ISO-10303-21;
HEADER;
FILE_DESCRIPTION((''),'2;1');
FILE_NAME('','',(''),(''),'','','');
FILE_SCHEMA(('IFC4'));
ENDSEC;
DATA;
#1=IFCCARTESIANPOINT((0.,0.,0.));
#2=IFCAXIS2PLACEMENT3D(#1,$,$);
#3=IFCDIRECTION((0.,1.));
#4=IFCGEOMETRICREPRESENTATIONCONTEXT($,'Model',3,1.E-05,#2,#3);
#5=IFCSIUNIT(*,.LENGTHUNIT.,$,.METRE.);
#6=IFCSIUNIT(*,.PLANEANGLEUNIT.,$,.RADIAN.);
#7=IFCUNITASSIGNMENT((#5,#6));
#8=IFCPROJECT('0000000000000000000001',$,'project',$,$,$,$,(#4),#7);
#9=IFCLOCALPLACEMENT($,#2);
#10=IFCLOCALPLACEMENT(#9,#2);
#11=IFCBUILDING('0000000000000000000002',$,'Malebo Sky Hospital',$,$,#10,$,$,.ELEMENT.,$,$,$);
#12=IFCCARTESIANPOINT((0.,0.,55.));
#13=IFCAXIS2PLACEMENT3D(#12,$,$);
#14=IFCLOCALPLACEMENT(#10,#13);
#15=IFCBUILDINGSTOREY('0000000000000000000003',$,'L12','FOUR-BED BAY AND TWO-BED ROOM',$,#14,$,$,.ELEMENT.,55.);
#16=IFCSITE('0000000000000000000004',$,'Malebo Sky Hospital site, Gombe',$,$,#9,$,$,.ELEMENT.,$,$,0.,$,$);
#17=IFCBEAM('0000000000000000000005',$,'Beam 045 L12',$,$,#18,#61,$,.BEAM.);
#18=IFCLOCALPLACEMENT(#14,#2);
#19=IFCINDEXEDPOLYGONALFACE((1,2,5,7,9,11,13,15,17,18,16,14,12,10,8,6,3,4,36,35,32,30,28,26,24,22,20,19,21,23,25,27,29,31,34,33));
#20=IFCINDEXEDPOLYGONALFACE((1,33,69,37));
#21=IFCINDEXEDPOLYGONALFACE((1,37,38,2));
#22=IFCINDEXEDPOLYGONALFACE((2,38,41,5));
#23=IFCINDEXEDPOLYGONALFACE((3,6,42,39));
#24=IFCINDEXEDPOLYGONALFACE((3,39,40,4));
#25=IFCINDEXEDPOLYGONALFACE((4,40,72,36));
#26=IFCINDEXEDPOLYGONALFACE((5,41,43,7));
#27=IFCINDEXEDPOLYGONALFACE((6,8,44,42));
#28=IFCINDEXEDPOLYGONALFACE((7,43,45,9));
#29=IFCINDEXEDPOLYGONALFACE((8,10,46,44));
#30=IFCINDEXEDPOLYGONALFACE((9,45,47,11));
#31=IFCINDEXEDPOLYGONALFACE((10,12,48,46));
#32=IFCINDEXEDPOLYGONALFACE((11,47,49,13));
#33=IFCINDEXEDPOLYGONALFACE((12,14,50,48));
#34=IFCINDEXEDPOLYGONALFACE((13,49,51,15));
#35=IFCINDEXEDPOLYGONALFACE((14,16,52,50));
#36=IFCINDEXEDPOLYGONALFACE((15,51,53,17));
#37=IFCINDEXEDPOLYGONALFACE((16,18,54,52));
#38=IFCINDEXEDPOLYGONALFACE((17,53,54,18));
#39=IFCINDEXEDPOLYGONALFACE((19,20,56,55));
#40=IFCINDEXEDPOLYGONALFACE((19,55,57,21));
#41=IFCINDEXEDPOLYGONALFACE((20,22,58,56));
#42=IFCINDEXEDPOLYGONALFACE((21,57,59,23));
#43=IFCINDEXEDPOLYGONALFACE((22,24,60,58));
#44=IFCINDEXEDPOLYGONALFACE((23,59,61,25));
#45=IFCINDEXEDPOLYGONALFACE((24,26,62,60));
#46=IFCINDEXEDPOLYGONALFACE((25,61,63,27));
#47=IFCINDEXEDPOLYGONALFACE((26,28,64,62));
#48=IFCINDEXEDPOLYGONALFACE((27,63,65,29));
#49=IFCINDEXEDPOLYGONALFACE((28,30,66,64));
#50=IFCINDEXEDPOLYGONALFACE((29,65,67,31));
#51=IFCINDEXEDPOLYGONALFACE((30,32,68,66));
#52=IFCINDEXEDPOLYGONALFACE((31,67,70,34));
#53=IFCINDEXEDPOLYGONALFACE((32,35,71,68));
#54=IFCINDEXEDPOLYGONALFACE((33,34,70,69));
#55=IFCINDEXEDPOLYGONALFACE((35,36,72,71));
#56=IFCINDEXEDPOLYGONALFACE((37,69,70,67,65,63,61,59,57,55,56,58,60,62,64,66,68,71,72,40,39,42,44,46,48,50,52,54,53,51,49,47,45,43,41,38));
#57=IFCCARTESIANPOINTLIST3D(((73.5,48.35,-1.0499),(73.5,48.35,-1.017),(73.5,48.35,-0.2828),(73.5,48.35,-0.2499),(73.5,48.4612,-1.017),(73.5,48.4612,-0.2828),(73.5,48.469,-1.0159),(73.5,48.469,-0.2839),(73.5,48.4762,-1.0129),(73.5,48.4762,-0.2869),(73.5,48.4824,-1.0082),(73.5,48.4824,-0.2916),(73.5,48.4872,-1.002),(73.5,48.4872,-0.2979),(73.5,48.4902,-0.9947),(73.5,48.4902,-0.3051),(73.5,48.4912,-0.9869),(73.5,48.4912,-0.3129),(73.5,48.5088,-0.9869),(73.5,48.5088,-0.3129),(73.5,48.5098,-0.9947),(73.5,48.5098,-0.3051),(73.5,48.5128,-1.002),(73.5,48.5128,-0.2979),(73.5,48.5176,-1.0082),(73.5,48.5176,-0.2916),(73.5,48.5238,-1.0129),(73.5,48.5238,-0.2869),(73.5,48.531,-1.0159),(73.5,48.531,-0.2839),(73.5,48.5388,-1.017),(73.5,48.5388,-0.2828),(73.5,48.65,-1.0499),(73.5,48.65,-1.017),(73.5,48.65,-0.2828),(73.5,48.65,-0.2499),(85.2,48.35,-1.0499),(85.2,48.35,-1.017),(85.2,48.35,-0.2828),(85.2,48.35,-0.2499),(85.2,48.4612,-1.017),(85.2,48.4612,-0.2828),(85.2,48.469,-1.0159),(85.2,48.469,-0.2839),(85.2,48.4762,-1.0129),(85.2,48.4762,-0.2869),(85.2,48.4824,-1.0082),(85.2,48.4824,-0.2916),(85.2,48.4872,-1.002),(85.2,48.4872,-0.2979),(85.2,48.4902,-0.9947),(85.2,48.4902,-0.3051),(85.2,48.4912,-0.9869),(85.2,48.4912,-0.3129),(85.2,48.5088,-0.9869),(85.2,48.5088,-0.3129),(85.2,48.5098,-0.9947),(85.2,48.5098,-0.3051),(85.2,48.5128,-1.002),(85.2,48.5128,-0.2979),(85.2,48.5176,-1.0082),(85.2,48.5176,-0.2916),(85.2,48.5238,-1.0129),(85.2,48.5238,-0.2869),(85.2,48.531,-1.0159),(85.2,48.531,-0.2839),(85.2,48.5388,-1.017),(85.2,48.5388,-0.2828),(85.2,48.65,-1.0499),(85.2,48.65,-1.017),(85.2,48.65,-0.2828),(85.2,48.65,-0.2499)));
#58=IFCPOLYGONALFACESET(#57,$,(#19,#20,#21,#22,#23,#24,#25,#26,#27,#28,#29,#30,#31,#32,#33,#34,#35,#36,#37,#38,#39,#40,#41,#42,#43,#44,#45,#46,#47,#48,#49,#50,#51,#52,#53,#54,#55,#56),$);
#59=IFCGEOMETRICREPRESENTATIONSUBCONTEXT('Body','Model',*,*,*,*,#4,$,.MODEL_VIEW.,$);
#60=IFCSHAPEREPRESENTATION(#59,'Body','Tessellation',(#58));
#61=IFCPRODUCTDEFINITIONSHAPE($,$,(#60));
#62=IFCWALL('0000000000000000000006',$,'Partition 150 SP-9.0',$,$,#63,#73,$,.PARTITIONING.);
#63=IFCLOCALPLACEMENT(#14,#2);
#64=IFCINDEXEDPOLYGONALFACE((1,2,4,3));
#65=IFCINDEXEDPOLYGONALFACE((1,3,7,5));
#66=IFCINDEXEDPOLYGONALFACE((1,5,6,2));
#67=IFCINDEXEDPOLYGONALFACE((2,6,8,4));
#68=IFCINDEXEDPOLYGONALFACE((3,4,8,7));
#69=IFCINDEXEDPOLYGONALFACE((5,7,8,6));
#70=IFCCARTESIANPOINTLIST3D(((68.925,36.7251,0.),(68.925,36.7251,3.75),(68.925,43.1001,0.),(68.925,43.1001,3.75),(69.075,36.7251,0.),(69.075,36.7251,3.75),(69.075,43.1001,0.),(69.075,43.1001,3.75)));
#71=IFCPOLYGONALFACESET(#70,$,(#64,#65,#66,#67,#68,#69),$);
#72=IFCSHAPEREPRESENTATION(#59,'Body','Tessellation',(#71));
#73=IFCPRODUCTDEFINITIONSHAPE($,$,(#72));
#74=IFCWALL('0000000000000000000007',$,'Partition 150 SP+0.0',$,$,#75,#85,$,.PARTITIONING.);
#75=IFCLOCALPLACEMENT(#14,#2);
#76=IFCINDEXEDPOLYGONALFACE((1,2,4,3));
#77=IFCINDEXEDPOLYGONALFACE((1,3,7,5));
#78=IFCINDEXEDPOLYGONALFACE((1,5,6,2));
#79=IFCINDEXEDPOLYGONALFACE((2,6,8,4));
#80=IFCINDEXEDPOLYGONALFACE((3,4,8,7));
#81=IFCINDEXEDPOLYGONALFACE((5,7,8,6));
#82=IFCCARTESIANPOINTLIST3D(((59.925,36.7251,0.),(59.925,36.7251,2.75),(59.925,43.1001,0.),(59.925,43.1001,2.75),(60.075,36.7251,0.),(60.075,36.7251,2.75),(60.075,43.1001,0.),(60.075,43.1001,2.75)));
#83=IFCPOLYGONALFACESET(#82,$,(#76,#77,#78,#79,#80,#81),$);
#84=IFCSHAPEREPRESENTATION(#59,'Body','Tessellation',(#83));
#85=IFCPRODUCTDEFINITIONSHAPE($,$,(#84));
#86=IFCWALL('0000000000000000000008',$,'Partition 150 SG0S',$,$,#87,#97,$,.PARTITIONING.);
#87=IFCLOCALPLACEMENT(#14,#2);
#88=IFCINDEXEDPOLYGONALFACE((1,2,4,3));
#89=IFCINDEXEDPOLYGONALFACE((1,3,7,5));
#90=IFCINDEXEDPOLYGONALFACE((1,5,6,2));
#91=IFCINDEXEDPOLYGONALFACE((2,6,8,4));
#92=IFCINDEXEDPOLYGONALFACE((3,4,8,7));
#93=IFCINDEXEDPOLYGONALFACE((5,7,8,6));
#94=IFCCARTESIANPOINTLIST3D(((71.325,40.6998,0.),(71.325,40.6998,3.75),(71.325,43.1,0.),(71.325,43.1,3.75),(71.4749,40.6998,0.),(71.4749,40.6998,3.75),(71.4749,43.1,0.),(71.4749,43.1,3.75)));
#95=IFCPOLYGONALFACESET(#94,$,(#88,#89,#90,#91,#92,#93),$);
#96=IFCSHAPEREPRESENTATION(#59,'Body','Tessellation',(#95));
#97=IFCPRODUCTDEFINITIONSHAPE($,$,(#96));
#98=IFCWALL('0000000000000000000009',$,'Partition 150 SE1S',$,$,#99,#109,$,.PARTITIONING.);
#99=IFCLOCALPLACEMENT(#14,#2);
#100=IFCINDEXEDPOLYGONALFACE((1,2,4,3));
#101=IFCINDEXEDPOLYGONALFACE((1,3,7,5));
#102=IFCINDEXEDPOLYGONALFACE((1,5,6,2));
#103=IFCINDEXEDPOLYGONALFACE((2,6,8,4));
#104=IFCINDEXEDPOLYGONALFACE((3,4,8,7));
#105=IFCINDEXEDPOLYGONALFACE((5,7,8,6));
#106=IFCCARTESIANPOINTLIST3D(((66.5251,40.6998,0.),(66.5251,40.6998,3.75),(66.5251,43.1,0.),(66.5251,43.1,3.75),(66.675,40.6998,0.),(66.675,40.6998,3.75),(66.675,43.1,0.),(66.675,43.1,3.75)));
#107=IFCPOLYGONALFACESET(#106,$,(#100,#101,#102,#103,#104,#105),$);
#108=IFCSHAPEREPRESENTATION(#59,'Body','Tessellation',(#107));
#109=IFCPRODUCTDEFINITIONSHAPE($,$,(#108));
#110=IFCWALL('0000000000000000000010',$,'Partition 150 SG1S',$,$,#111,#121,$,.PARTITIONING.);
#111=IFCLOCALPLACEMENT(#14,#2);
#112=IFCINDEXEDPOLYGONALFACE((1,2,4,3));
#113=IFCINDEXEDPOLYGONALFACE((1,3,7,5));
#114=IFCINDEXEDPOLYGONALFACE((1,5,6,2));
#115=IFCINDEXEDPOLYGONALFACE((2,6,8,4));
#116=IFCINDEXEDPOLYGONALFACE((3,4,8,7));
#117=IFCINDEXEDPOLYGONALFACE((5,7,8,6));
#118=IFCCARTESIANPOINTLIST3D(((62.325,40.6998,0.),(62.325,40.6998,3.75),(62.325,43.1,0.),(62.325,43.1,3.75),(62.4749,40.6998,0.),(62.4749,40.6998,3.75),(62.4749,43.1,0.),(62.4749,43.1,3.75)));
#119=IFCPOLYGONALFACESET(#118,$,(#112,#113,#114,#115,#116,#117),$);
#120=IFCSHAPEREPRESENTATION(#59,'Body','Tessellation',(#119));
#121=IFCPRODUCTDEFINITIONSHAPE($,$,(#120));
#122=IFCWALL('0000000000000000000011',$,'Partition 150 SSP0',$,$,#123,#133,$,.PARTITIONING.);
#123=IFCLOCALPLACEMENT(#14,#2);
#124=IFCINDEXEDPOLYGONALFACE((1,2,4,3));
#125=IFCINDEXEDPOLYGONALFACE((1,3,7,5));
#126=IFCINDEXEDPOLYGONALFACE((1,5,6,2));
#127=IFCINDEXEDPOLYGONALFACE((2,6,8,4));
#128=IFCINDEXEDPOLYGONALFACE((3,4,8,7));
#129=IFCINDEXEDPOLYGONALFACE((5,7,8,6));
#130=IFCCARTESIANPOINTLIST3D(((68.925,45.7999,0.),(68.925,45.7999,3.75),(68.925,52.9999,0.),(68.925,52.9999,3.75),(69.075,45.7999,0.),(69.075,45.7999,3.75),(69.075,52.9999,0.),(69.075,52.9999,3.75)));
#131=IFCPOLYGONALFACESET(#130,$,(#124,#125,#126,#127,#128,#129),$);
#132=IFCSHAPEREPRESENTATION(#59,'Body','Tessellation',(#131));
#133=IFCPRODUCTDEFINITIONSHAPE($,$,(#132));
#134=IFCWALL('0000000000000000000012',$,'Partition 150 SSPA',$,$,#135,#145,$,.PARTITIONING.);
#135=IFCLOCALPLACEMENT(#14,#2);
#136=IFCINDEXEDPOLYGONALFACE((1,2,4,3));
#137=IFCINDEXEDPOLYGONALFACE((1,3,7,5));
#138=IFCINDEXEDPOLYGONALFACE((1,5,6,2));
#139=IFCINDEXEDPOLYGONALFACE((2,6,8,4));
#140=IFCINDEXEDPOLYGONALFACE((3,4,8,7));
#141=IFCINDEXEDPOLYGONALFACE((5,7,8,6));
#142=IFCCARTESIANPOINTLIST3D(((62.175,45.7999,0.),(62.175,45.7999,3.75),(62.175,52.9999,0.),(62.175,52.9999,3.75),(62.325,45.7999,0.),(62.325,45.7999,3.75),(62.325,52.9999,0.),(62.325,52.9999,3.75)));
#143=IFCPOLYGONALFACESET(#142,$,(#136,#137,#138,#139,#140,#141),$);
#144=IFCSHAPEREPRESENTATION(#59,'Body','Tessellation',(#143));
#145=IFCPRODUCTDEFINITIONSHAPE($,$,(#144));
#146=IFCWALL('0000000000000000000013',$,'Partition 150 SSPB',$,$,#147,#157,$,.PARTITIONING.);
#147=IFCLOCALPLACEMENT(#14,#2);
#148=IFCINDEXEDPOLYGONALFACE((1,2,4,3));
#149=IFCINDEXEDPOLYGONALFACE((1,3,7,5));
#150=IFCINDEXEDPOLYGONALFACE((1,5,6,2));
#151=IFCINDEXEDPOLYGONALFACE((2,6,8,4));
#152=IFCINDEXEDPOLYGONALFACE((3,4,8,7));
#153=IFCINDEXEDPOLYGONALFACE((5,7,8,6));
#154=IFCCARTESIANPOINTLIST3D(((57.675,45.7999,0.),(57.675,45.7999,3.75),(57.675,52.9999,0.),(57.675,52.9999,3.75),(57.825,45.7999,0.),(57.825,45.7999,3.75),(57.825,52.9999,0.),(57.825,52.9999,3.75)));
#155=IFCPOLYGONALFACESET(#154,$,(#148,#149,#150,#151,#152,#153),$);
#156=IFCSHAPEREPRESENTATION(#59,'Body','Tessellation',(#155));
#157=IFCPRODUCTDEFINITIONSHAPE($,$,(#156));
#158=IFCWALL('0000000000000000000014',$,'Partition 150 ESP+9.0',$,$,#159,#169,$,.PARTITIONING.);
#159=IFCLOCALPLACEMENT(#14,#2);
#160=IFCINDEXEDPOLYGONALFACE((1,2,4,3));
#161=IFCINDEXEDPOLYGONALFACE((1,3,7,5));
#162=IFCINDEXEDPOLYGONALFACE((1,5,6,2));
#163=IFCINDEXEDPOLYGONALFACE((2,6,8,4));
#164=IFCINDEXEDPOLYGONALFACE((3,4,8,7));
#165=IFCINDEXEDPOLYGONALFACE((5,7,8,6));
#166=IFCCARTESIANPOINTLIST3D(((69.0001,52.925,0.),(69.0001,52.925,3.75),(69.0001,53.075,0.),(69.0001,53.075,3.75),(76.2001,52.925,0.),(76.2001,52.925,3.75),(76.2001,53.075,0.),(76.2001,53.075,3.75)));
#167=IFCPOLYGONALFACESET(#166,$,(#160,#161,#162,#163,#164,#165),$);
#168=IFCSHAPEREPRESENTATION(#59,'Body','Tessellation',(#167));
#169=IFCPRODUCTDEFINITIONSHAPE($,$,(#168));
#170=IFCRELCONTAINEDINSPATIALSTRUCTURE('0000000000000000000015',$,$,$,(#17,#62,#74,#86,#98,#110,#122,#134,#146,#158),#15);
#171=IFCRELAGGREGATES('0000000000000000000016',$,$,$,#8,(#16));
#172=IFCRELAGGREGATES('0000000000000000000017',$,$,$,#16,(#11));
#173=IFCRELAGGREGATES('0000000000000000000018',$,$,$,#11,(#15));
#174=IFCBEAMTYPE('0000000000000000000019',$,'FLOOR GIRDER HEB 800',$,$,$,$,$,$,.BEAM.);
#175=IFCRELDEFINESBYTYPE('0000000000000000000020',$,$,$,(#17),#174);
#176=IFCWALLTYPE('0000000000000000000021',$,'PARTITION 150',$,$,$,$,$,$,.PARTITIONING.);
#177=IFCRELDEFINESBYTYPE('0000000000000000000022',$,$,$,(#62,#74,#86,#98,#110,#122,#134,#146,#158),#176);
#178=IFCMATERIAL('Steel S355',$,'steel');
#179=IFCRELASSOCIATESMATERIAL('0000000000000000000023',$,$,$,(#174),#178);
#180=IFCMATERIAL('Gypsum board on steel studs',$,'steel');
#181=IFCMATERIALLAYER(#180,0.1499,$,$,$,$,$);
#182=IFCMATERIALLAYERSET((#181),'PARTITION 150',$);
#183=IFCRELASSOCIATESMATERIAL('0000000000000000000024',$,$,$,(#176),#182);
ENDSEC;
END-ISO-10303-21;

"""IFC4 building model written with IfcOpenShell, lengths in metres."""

from ifc_helpers import new_model, si_unit, direction, frame, frame_2d, origin, origin_2d, place, context, subcontext, project, spatial, rectangle, i_section, extrude, material, layer, layer_set, material_profile, profile_set, type_object, element, save


model = new_model("IFC4")

# Units and contexts
model_context = context("Model", 3, precision=1e-05, world=origin(), true_north=direction((0.0, 1.0)))
body_context = subcontext(model_context, "Body", "Model", "MODEL_VIEW")
ifc_project = project(units=[si_unit("LENGTHUNIT", "METRE"), si_unit("PLANEANGLEUNIT", "RADIAN")], contexts=[model_context])

# Site, building, storey
site_placement = place(None, origin())
site = spatial("IfcSite", under=ifc_project, at=site_placement, Name="Malebo Sky Hospital site, Gombe", CompositionType="ELEMENT", RefElevation=0.0)
building_placement = place(site_placement, origin())
building = spatial("IfcBuilding", under=site, at=building_placement, Name="Malebo Sky Hospital", CompositionType="ELEMENT")
storey_placement = place(building_placement, frame((0.0, 0.0, 55.0)))
storey = spatial("IfcBuildingStorey", under=building, at=storey_placement, Name="L12", Description="FOUR-BED BAY AND TWO-BED ROOM", CompositionType="ELEMENT", Elevation=55.0)

# Beam
ifc_material_1 = material(Name="Steel S355", Category="steel")
ifc_material_profile_1 = material_profile(ifc_material_1, i_section(OverallWidth=0.3, OverallDepth=0.8, WebThickness=0.0176, FlangeThickness=0.033, FilletRadius=0.03, at=origin_2d()), Name="HEB 800")
ifc_profile_set_1 = profile_set([ifc_material_profile_1], Name="Steel S355")
beam_type_1 = type_object("IfcBeamType", Name="FLOOR GIRDER HEB 800", PredefinedType="BEAM", material=ifc_profile_set_1)
beam_1_placement = place(storey_placement, frame((73.5, 48.5, -0.6499), z_axis=(1.0, 0.0, 0.0), x_axis=(0.0, 1.0, 0.0)))
element("IfcBeam", 1, at=beam_1_placement, inside=storey, type_object=beam_type_1, Name="Beam 045 L12", PredefinedType="BEAM", context=body_context, shape_type="SweptSolid", body=[
    extrude(i_section(OverallWidth=0.3, OverallDepth=0.8, WebThickness=0.0176, FlangeThickness=0.033, FilletRadius=0.03, at=origin_2d()), origin(), (0.0, 0.0, 1.0), 11.7),
])

# Walls
ifc_material_2 = material(Name="Gypsum board on steel studs", Category="steel")
ifc_layer = layer(ifc_material_2, 0.1499)
ifc_layer_set = layer_set([ifc_layer], Name="PARTITION 150")
wall_type = type_object("IfcWallType", Name="PARTITION 150", PredefinedType="PARTITIONING", material=ifc_layer_set)
wall_1_placement = place(storey_placement, frame((69.0, 43.1001, 0.0), z_axis=(0.0, 0.0, 1.0), x_axis=(0.0, -1.0, 0.0)))
element("IfcWall", 2, at=wall_1_placement, inside=storey, type_object=wall_type, Name="Partition 150 SP-9.0", PredefinedType="PARTITIONING", context=body_context, shape_type="SweptSolid", body=[
    extrude(rectangle(XDim=6.375, YDim=0.1499, at=frame_2d((3.1875, 0.0))), origin(), (0.0, 0.0, 1.0), 3.75),
])
wall_2_placement = place(storey_placement, frame((60.0, 43.1001, 0.0), z_axis=(0.0, 0.0, 1.0), x_axis=(0.0, -1.0, 0.0)))
element("IfcWall", 3, at=wall_2_placement, inside=storey, type_object=wall_type, Name="Partition 150 SP+0.0", PredefinedType="PARTITIONING", context=body_context, shape_type="SweptSolid", body=[
    extrude(rectangle(XDim=6.375, YDim=0.1499, at=frame_2d((3.1875, 0.0))), origin(), (0.0, 0.0, 1.0), 2.75),
])
for number, where, z_axis, x_axis, name in (
    (4, (71.3999, 43.1001, 0.0), (0.0, 0.0, 1.0), (0.0, -1.0, 0.0), "Partition 150 SG0S"),
    (5, (66.6001, 43.1001, 0.0), (0.0, 0.0, 1.0), (0.0, -1.0, 0.0), "Partition 150 SE1S"),
    (6, (62.3999, 43.1001, 0.0), (0.0, 0.0, 1.0), (0.0, -1.0, 0.0), "Partition 150 SG1S"),
):
    element("IfcWall", number, at=place(storey_placement, frame(where, z_axis=z_axis, x_axis=x_axis)), inside=storey, type_object=wall_type, Name=name, PredefinedType="PARTITIONING", context=body_context, shape_type="SweptSolid", body=[
        extrude(rectangle(XDim=2.4001, YDim=0.1499, at=frame_2d((1.2002, 0.0))), origin(), (0.0, 0.0, 1.0), 3.75),
    ])
for number, where, z_axis, x_axis, name in (
    (7, (69.0, 53.0, 0.0), (0.0, 0.0, 1.0), (0.0, -1.0, 0.0), "Partition 150 SSP0"),
    (8, (62.25, 53.0, 0.0), (0.0, 0.0, 1.0), (0.0, -1.0, 0.0), "Partition 150 SSPA"),
    (9, (57.75, 53.0, 0.0), (0.0, 0.0, 1.0), (0.0, -1.0, 0.0), "Partition 150 SSPB"),
    (10, (69.0, 53.0, 0.0), (0.0, 0.0, 1.0), (1.0, 0.0, 0.0), "Partition 150 ESP+9.0"),
):
    element("IfcWall", number, at=place(storey_placement, frame(where, z_axis=z_axis, x_axis=x_axis)), inside=storey, type_object=wall_type, Name=name, PredefinedType="PARTITIONING", context=body_context, shape_type="SweptSolid", body=[
        extrude(rectangle(XDim=7.2, YDim=0.1499, at=frame_2d((3.6001, 0.0))), origin(), (0.0, 0.0, 1.0), 3.75),
    ])

save(model, "model.ifc")
